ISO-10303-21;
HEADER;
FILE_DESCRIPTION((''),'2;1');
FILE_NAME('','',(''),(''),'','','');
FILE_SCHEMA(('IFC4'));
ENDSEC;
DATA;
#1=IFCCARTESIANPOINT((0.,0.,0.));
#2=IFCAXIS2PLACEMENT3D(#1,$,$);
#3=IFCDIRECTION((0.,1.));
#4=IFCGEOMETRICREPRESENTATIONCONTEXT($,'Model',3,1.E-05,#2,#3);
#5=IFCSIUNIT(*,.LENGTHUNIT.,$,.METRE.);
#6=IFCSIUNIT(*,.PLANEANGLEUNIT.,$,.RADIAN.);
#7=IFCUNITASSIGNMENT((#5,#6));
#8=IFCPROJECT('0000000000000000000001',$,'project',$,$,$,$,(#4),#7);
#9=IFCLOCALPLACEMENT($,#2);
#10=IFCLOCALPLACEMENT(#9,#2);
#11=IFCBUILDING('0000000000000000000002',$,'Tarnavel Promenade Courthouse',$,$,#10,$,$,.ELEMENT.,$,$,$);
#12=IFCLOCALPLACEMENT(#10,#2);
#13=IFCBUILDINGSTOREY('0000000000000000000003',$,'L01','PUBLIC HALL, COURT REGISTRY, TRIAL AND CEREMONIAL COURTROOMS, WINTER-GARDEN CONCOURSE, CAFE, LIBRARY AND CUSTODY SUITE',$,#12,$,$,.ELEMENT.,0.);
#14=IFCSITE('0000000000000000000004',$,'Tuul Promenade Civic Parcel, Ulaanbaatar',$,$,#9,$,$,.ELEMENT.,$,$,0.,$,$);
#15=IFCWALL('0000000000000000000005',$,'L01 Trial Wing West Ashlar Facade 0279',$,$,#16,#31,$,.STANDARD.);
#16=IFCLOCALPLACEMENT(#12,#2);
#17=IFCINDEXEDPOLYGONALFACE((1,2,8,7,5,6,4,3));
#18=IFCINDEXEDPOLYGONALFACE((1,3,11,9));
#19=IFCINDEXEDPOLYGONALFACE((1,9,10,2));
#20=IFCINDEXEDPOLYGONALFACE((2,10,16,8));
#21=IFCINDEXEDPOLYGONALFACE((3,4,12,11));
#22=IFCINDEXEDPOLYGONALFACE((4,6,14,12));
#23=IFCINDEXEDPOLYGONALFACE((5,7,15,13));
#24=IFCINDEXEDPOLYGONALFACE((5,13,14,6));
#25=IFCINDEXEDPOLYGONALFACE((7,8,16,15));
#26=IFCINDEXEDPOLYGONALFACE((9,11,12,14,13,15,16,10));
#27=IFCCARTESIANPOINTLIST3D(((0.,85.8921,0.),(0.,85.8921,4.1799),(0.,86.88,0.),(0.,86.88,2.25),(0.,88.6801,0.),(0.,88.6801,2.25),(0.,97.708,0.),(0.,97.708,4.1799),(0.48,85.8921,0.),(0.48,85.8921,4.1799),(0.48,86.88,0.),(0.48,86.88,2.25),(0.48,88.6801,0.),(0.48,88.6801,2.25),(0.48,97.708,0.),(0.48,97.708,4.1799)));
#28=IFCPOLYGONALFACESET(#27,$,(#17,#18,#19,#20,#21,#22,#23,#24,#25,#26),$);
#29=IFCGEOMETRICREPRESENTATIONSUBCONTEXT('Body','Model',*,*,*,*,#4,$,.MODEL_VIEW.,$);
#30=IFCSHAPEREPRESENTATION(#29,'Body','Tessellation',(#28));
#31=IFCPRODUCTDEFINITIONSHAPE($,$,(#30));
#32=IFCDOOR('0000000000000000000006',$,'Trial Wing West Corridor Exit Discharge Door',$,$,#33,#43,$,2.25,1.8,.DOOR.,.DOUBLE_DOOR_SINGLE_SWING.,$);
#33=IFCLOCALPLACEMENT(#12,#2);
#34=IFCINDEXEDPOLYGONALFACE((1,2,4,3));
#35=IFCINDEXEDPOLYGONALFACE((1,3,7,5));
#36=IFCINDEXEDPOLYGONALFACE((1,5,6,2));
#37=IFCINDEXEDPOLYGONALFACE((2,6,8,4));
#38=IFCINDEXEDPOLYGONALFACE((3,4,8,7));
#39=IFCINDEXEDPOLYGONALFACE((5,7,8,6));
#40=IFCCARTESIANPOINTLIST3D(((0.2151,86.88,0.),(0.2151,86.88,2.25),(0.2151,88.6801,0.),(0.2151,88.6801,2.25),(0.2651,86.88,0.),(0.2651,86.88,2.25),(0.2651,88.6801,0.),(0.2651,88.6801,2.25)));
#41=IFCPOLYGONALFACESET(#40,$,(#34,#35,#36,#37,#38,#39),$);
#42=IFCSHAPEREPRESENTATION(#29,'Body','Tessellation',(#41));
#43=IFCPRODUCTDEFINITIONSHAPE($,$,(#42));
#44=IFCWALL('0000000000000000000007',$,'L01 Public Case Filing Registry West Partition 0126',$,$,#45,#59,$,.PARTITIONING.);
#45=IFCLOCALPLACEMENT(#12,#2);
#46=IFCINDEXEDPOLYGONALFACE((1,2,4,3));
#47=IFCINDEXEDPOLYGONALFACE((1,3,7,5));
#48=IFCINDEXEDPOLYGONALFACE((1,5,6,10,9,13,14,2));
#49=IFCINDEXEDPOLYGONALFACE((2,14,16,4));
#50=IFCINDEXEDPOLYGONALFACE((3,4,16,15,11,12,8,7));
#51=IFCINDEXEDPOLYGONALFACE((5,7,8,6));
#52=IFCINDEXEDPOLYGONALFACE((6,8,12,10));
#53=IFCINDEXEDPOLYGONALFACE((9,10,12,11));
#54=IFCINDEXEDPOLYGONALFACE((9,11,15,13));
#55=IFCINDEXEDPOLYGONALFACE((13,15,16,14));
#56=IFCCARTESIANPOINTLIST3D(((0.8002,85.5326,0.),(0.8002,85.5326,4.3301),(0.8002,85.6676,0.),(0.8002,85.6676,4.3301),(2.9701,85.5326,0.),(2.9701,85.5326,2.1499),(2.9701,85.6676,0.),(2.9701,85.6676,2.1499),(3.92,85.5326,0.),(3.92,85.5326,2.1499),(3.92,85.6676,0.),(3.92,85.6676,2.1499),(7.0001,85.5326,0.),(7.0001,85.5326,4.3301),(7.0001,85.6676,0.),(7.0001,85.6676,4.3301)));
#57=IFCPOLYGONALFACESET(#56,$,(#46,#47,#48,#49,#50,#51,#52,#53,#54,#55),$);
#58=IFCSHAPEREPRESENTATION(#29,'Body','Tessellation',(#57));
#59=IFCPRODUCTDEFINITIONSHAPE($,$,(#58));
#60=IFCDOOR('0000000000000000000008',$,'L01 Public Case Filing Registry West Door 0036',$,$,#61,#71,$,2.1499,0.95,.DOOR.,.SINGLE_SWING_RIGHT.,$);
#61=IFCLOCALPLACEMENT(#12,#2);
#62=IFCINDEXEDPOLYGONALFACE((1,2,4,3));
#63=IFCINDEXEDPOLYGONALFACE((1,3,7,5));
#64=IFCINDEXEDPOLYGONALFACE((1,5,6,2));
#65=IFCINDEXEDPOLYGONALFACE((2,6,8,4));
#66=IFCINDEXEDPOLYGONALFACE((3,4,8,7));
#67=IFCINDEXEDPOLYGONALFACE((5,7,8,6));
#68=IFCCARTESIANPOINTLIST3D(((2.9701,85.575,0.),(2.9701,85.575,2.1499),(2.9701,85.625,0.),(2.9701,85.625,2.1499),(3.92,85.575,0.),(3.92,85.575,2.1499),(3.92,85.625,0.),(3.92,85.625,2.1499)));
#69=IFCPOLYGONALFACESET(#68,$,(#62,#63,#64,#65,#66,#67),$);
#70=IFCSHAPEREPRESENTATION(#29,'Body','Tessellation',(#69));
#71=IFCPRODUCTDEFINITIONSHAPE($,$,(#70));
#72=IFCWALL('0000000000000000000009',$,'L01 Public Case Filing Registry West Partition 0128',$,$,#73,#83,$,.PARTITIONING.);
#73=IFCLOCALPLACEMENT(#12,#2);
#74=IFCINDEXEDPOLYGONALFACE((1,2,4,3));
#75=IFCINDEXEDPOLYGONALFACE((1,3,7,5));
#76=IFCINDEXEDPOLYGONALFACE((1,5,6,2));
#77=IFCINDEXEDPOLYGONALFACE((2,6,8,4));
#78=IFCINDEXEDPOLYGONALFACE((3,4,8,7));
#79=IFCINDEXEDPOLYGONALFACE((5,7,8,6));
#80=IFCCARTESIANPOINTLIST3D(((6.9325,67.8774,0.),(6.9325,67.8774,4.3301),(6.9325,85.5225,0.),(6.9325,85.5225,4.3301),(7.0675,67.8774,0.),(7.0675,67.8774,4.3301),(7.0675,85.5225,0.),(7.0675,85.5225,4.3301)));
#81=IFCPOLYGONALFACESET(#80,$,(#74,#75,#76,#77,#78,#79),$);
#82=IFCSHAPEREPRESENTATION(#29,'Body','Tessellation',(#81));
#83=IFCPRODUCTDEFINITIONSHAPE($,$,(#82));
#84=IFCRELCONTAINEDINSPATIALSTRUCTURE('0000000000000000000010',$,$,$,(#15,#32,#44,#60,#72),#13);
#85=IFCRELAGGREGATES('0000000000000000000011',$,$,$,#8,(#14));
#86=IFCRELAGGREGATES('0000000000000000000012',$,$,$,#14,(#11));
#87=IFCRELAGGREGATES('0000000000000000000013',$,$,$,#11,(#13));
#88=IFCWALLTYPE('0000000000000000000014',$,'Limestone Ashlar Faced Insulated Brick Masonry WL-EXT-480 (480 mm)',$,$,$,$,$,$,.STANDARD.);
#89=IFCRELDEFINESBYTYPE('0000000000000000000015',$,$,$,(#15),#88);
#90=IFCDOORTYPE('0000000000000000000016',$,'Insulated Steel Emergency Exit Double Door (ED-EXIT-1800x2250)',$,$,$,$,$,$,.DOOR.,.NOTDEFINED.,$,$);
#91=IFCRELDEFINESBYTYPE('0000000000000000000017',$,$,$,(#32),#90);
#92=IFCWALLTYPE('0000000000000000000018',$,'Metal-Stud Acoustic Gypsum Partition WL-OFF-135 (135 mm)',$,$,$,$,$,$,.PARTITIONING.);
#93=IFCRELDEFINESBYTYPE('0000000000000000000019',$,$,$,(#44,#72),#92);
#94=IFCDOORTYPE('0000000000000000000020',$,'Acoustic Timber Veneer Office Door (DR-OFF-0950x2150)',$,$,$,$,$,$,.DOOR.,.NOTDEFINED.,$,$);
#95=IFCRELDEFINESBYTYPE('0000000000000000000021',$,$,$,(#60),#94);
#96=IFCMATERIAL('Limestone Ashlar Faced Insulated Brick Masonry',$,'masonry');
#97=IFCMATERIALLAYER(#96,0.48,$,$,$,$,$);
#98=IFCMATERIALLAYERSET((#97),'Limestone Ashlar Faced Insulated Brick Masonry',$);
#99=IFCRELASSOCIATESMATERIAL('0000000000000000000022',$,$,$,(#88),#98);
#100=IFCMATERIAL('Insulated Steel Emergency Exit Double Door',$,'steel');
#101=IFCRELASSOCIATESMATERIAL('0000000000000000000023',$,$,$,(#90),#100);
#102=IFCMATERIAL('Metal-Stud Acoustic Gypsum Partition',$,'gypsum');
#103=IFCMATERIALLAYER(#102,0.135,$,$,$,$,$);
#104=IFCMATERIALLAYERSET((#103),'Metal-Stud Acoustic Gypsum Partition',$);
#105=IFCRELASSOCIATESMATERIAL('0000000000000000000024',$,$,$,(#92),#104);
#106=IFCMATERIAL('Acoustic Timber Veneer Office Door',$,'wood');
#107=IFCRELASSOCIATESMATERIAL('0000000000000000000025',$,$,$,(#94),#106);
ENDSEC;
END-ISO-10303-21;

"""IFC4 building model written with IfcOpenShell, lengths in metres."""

from ifc_helpers import new_model, si_unit, direction, frame, frame_2d, origin, place, context, subcontext, project, spatial, rectangle, extrude, material, layer, layer_set, type_object, element, fill, save


model = new_model("IFC4")

# Units and contexts
model_context = context("Model", 3, precision=1e-05, world=origin(), true_north=direction((0.0, 1.0)))
body_context = subcontext(model_context, "Body", "Model", "MODEL_VIEW")
ifc_project = project(units=[si_unit("LENGTHUNIT", "METRE"), si_unit("PLANEANGLEUNIT", "RADIAN")], contexts=[model_context])

# Site, building, storey
site_placement = place(None, origin())
site = spatial("IfcSite", under=ifc_project, at=site_placement, Name="Tuul Promenade Civic Parcel, Ulaanbaatar", CompositionType="ELEMENT", RefElevation=0.0)
building_placement = place(site_placement, origin())
building = spatial("IfcBuilding", under=site, at=building_placement, Name="Tarnavel Promenade Courthouse", CompositionType="ELEMENT")
storey_placement = place(building_placement, origin())
storey = spatial("IfcBuildingStorey", under=building, at=storey_placement, Name="L01", Description="PUBLIC HALL, COURT REGISTRY, TRIAL AND CEREMONIAL COURTROOMS, WINTER-GARDEN CONCOURSE, CAFE, LIBRARY AND CUSTODY SUITE", CompositionType="ELEMENT", Elevation=0.0)

# Walls, openings, doors
ifc_material_1 = material(Name="Limestone Ashlar Faced Insulated Brick Masonry", Category="masonry")
ifc_layer_1 = layer(ifc_material_1, 0.48)
ifc_layer_set_1 = layer_set([ifc_layer_1], Name="Limestone Ashlar Faced Insulated Brick Masonry")
wall_type_1 = type_object("IfcWallType", Name="Limestone Ashlar Faced Insulated Brick Masonry WL-EXT-480 (480 mm)", PredefinedType="STANDARD", material=ifc_layer_set_1)
wall_1_placement = place(storey_placement, frame((0.24, 85.8921, 0.0), z_axis=(0.0, 0.0, 1.0), x_axis=(0.0, 1.0, 0.0)))
wall_1 = element("IfcWall", 1, at=wall_1_placement, inside=storey, type_object=wall_type_1, Name="L01 Trial Wing West Ashlar Facade 0279", PredefinedType="STANDARD", context=body_context, shape_type="SweptSolid", body=[
    extrude(rectangle(XDim=11.8159, YDim=0.48, at=frame_2d((5.908, 0.0))), origin(), (0.0, 0.0, 1.0), 4.1799),
])
opening_1_placement = place(wall_1_placement, frame((0.988, 0.0, 0.0)))
opening_1 = element("IfcOpeningElement", 2, at=opening_1_placement, cuts=wall_1, PredefinedType="OPENING", context=body_context, shape_type="SweptSolid", body=[
    extrude(rectangle(XDim=1.8, YDim=2.25, at=frame_2d((0.8999, 1.125))), frame((0.0, 0.25, 0.0), z_axis=(0.0, -1.0, 0.0), x_axis=(1.0, 0.0, 0.0)), (0.0, 0.0, 1.0), 0.5),
])
ifc_material_2 = material(Name="Insulated Steel Emergency Exit Double Door", Category="steel")
door_type_1 = type_object("IfcDoorType", Name="Insulated Steel Emergency Exit Double Door (ED-EXIT-1800x2250)", OperationType="NOTDEFINED", PredefinedType="DOOR", material=ifc_material_2)
door_1_placement = place(opening_1_placement, origin())
door_1 = element("IfcDoor", 3, at=door_1_placement, inside=storey, type_object=door_type_1, Name="Trial Wing West Corridor Exit Discharge Door", OperationType="DOUBLE_DOOR_SINGLE_SWING", OverallHeight=2.25, OverallWidth=1.8, PredefinedType="DOOR", context=body_context, shape_type="SweptSolid", body=[
    extrude(rectangle(XDim=1.8, YDim=2.25, at=frame_2d((0.8999, 1.125))), frame((0.0, 0.0249, 0.0), z_axis=(0.0, -1.0, 0.0), x_axis=(1.0, 0.0, 0.0)), (0.0, 0.0, 1.0), 0.05),
])
fill(opening_1, door_1)
ifc_material_3 = material(Name="Metal-Stud Acoustic Gypsum Partition", Category="gypsum")
ifc_layer_2 = layer(ifc_material_3, 0.135)
ifc_layer_set_2 = layer_set([ifc_layer_2], Name="Metal-Stud Acoustic Gypsum Partition")
wall_type_2 = type_object("IfcWallType", Name="Metal-Stud Acoustic Gypsum Partition WL-OFF-135 (135 mm)", PredefinedType="PARTITIONING", material=ifc_layer_set_2)
wall_2_placement = place(storey_placement, frame((0.8, 85.6001, 0.0), z_axis=(0.0, 0.0, 1.0), x_axis=(1.0, 0.0, 0.0)))
wall_2 = element("IfcWall", 4, at=wall_2_placement, inside=storey, type_object=wall_type_2, Name="L01 Public Case Filing Registry West Partition 0126", PredefinedType="PARTITIONING", context=body_context, shape_type="SweptSolid", body=[
    extrude(rectangle(XDim=6.2, YDim=0.135, at=frame_2d((3.1001, 0.0))), origin(), (0.0, 0.0, 1.0), 4.3301),
])
opening_2_placement = place(wall_2_placement, frame((2.1699, 0.0, 0.0)))
opening_2 = element("IfcOpeningElement", 5, at=opening_2_placement, cuts=wall_2, PredefinedType="OPENING", context=body_context, shape_type="SweptSolid", body=[
    extrude(rectangle(XDim=0.95, YDim=2.1499, at=frame_2d((0.4751, 1.075))), frame((0.0, 0.0774, 0.0), z_axis=(0.0, -1.0, 0.0), x_axis=(1.0, 0.0, 0.0)), (0.0, 0.0, 1.0), 0.155),
])
ifc_material_4 = material(Name="Acoustic Timber Veneer Office Door", Category="wood")
door_type_2 = type_object("IfcDoorType", Name="Acoustic Timber Veneer Office Door (DR-OFF-0950x2150)", OperationType="NOTDEFINED", PredefinedType="DOOR", material=ifc_material_4)
door_2_placement = place(opening_2_placement, origin())
door_2 = element("IfcDoor", 6, at=door_2_placement, inside=storey, type_object=door_type_2, Name="L01 Public Case Filing Registry West Door 0036", OperationType="SINGLE_SWING_RIGHT", OverallHeight=2.1499, OverallWidth=0.95, PredefinedType="DOOR", context=body_context, shape_type="SweptSolid", body=[
    extrude(rectangle(XDim=0.95, YDim=2.1499, at=frame_2d((0.4751, 1.075))), frame((0.0, 0.0249, 0.0), z_axis=(0.0, -1.0, 0.0), x_axis=(1.0, 0.0, 0.0)), (0.0, 0.0, 1.0), 0.05),
])
fill(opening_2, door_2)

# Wall
wall_3_placement = place(storey_placement, frame((7.0, 85.5225, 0.0), z_axis=(0.0, 0.0, 1.0), x_axis=(0.0, -1.0, 0.0)))
element("IfcWall", 7, at=wall_3_placement, inside=storey, type_object=wall_type_2, Name="L01 Public Case Filing Registry West Partition 0128", PredefinedType="PARTITIONING", context=body_context, shape_type="SweptSolid", body=[
    extrude(rectangle(XDim=17.645, YDim=0.135, at=frame_2d((8.8225, 0.0))), origin(), (0.0, 0.0, 1.0), 4.3301),
])

save(model, "model.ifc")
